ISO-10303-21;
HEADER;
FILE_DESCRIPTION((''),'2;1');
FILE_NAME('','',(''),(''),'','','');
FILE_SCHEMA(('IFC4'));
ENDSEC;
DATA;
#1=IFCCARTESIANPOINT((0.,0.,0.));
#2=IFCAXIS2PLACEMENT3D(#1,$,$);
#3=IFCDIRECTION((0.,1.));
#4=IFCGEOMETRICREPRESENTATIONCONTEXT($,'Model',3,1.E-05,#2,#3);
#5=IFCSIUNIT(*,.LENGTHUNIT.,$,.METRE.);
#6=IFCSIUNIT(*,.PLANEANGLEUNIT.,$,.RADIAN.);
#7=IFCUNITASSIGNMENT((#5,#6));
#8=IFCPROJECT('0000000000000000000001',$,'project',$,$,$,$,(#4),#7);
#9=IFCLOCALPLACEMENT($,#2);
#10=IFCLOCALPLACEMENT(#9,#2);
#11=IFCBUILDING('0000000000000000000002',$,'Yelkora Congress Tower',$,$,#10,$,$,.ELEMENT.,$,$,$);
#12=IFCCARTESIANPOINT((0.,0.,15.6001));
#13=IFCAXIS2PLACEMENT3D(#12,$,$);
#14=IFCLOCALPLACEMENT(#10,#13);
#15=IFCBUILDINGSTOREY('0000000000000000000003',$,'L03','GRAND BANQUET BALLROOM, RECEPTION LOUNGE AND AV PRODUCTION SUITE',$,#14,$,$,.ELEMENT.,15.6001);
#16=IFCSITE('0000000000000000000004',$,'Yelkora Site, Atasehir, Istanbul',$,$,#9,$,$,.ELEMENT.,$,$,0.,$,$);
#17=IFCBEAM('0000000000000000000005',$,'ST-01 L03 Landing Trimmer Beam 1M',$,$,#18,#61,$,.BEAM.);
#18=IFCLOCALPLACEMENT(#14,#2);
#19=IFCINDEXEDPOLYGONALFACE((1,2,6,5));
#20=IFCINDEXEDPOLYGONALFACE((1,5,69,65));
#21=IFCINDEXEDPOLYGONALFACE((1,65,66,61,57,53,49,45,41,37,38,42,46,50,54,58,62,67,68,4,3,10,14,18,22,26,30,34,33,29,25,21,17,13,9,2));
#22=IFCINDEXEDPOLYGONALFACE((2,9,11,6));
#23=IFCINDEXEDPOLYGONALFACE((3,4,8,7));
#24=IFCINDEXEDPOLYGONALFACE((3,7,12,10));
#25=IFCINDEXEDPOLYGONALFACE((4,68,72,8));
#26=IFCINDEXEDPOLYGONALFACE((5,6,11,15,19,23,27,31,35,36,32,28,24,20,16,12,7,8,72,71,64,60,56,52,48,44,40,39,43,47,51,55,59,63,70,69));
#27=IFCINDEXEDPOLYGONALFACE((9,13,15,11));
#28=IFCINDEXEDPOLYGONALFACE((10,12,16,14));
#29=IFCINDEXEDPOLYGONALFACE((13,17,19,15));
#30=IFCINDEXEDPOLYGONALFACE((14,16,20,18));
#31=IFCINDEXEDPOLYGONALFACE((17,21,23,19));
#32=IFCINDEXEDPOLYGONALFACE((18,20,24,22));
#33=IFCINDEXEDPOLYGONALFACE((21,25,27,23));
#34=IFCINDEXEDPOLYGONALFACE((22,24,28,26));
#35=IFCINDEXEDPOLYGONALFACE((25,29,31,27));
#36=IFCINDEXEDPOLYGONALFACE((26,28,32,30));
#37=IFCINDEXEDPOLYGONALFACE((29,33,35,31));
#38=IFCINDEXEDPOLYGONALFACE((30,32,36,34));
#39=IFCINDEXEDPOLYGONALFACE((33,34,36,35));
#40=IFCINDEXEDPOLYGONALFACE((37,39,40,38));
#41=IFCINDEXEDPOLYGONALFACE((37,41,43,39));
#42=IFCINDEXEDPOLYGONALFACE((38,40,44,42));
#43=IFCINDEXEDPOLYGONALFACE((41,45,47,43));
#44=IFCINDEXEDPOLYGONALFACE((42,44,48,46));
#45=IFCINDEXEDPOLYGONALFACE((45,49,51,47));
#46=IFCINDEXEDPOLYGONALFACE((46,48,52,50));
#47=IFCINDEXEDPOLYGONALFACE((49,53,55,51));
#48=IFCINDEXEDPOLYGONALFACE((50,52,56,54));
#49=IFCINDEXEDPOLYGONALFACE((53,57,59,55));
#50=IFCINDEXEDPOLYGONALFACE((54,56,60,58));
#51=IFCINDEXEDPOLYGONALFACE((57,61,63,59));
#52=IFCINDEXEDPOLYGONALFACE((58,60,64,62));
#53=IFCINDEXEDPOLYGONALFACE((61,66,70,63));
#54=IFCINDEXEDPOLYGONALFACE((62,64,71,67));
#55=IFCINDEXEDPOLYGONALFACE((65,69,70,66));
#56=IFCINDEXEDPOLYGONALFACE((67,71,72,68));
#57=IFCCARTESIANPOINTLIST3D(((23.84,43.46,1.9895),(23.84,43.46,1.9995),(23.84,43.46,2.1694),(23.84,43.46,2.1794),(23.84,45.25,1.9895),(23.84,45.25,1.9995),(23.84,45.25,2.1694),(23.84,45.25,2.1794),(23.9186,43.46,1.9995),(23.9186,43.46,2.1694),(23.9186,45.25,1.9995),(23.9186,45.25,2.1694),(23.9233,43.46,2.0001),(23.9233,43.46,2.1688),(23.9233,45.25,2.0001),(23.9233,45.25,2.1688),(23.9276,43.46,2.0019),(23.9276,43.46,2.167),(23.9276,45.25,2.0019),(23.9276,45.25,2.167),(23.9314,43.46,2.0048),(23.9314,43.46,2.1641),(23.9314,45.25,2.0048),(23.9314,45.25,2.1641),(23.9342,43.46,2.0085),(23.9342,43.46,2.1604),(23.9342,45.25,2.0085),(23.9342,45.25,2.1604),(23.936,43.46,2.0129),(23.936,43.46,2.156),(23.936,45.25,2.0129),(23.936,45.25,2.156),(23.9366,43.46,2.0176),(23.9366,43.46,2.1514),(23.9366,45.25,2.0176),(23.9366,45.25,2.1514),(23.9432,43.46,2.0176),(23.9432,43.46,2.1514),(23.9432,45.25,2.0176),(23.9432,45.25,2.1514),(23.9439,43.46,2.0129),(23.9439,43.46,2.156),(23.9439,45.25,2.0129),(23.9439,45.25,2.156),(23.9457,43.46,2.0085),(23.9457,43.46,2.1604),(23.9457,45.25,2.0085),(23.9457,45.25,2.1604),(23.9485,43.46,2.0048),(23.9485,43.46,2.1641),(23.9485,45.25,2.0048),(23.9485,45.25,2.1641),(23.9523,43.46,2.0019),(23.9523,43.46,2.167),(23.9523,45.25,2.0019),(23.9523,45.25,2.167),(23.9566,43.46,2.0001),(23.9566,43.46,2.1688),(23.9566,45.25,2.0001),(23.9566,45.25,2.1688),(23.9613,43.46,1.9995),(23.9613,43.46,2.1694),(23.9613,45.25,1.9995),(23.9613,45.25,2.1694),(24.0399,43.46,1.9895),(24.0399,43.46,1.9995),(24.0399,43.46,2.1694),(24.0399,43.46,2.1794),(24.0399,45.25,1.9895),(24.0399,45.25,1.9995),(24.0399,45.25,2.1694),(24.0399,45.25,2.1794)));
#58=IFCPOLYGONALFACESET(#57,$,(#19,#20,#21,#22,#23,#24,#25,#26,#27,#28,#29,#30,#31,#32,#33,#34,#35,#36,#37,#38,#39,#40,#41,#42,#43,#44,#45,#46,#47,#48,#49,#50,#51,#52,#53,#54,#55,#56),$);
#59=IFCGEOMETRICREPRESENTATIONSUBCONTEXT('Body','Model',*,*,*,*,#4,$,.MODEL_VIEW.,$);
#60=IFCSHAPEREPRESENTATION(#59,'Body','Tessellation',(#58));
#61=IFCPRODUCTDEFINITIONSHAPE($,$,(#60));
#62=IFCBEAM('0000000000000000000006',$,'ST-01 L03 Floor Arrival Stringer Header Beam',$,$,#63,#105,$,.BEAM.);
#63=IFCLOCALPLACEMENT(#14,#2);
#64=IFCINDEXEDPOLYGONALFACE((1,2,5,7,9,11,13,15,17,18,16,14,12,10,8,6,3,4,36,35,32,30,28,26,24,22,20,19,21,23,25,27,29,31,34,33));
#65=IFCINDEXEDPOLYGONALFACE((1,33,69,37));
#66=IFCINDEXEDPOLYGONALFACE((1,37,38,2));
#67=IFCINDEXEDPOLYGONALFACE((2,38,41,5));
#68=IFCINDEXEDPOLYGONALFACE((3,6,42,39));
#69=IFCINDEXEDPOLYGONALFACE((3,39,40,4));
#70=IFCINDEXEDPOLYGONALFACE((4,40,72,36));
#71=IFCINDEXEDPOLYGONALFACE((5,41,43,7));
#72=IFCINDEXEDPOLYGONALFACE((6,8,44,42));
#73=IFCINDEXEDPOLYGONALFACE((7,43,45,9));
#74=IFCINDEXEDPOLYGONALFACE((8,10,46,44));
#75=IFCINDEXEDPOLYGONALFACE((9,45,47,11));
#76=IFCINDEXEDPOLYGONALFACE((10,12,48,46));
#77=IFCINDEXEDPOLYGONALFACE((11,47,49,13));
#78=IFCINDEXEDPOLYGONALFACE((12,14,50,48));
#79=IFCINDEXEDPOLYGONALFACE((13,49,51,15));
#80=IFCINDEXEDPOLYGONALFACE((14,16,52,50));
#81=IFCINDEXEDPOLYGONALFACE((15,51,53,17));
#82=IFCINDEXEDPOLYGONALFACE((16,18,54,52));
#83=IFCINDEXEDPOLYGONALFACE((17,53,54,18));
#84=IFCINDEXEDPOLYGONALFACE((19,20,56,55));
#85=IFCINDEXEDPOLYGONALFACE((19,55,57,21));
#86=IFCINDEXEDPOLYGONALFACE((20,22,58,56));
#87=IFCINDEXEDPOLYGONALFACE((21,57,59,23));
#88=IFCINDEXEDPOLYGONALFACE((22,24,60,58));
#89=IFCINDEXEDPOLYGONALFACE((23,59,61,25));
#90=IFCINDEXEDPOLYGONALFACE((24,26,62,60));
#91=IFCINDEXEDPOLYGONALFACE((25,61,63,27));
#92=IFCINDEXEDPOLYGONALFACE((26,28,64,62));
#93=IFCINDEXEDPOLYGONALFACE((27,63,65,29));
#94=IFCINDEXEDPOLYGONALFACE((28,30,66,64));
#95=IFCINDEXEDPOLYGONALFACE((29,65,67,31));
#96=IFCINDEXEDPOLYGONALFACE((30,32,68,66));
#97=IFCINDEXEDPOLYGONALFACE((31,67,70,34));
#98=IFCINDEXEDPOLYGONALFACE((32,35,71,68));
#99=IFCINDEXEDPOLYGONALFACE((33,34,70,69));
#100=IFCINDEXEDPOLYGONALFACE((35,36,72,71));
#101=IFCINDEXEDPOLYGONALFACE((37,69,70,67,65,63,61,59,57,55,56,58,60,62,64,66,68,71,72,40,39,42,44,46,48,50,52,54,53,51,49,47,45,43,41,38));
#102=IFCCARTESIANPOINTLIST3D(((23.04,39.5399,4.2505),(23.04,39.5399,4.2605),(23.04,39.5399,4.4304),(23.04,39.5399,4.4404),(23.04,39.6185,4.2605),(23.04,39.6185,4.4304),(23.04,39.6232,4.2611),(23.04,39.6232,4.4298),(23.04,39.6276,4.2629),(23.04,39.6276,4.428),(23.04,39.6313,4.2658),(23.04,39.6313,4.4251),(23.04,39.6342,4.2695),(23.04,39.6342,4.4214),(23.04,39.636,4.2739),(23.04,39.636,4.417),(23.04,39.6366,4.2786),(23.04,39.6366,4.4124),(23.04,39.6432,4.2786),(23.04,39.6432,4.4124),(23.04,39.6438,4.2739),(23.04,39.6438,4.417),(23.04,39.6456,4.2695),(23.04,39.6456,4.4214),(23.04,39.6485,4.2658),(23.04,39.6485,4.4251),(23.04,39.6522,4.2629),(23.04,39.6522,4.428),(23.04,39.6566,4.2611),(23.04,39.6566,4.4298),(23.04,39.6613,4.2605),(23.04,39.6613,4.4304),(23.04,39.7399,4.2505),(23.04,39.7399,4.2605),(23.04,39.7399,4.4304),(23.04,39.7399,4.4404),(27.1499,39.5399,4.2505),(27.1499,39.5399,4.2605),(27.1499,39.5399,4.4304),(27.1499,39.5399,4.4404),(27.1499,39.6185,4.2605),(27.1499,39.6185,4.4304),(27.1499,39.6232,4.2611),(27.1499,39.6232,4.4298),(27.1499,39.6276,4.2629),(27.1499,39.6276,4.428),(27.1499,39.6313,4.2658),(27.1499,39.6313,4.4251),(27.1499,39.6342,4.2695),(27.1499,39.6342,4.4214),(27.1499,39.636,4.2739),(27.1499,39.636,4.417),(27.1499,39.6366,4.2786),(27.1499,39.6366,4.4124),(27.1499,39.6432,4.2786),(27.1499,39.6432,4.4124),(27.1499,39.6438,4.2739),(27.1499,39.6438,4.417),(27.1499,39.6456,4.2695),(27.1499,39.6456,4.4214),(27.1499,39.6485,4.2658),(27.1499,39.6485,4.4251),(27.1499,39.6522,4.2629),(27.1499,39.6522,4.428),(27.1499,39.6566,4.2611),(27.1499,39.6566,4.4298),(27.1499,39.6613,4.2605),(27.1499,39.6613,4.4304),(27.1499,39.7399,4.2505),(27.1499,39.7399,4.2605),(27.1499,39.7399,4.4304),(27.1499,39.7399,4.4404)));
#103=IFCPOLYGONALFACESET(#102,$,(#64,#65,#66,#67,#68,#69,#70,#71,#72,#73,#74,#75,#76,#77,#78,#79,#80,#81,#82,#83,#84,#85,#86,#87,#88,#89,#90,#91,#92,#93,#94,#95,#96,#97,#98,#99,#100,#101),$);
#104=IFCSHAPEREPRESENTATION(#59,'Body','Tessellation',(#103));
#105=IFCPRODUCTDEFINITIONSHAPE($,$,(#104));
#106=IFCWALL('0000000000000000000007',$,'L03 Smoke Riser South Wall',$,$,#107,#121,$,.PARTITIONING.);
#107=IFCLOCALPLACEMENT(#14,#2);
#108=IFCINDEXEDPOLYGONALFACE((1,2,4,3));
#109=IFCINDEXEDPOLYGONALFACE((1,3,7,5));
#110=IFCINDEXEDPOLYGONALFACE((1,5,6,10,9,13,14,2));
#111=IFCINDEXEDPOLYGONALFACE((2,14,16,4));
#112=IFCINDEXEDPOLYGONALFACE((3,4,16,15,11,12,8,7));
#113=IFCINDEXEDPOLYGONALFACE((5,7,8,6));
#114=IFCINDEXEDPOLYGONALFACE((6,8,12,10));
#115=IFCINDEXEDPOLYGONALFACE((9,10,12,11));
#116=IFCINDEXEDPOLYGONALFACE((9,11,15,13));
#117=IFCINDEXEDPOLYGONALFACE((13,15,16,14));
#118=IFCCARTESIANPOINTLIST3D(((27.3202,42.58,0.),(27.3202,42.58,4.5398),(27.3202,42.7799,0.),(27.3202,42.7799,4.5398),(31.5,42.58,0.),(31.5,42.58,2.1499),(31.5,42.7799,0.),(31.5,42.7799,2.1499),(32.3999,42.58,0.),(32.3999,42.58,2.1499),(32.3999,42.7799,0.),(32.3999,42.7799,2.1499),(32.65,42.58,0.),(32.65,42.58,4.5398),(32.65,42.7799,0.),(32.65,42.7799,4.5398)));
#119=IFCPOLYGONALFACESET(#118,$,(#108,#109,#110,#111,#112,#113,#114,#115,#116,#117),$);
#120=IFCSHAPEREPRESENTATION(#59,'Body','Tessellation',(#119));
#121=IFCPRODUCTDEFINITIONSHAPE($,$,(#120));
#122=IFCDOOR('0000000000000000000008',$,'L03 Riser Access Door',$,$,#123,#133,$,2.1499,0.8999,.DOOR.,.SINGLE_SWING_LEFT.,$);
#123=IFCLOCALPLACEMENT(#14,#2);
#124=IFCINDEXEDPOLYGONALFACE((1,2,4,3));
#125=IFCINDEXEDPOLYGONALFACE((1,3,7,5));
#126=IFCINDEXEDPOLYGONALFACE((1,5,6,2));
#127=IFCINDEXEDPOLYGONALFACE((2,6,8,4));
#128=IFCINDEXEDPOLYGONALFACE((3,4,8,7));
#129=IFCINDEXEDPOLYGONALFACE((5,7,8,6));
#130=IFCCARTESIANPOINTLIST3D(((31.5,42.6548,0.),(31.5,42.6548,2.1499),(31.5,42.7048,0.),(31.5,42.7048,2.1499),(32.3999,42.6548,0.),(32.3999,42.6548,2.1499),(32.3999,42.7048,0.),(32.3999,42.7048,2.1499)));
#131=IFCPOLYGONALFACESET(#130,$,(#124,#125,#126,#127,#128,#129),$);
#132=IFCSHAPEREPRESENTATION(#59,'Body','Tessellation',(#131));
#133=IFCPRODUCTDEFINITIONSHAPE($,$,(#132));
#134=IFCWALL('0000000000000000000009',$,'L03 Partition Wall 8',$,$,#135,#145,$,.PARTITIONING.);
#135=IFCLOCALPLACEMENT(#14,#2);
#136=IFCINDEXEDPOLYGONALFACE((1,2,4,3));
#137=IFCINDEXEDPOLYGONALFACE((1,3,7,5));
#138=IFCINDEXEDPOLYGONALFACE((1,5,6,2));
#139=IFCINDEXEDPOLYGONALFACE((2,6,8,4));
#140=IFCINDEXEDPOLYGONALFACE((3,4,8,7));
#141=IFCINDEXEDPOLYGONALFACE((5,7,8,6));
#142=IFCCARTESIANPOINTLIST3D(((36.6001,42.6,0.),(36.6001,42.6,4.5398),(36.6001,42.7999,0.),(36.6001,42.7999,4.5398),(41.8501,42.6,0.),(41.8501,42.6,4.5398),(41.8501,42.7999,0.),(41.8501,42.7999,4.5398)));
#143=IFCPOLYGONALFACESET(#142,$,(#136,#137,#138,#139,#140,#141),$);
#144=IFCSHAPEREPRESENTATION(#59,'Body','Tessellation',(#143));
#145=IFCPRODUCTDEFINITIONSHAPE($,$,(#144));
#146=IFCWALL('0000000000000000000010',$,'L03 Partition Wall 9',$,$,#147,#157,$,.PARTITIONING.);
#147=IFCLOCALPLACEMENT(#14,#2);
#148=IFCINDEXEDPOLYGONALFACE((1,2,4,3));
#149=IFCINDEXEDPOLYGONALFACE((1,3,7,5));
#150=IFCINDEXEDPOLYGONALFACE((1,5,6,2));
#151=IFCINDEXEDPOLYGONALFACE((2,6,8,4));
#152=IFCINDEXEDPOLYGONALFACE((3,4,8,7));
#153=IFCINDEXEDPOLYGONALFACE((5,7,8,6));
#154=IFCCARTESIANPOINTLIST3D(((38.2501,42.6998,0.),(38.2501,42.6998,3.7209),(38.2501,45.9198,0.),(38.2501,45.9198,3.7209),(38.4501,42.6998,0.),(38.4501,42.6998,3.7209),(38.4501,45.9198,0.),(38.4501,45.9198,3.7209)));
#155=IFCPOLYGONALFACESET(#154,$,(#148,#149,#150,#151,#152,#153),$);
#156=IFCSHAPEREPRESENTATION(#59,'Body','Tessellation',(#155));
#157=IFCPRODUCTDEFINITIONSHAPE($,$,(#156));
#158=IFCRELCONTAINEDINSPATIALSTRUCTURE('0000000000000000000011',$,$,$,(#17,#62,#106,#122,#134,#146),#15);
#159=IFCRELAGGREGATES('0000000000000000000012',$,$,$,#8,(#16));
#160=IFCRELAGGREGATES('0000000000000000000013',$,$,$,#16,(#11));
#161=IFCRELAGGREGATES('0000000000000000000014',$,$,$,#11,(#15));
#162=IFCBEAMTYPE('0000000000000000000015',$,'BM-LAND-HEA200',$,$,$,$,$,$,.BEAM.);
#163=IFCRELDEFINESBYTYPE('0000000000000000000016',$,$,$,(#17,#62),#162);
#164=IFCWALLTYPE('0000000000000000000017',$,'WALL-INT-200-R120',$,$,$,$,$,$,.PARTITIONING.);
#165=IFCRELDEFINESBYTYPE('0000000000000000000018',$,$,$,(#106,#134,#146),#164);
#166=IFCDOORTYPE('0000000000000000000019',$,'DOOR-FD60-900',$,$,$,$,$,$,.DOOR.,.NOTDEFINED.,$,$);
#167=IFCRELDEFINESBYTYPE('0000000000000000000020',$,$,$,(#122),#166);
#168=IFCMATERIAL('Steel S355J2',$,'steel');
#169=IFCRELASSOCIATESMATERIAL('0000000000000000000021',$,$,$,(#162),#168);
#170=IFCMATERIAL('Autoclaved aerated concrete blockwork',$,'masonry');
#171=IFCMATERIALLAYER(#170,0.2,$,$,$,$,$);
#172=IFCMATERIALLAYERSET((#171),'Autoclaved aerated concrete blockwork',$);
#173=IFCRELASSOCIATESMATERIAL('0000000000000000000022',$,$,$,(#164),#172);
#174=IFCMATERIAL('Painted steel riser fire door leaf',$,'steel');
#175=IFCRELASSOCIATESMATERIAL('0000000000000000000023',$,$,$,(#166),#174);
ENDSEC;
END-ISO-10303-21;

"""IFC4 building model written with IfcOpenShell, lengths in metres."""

from ifc_helpers import new_model, si_unit, direction, frame, frame_2d, origin, origin_2d, place, context, subcontext, project, spatial, rectangle, i_section, extrude, material, layer, layer_set, material_profile, profile_set, type_object, element, fill, save


model = new_model("IFC4")

# Units and contexts
model_context = context("Model", 3, precision=1e-05, world=origin(), true_north=direction((0.0, 1.0)))
body_context = subcontext(model_context, "Body", "Model", "MODEL_VIEW")
ifc_project = project(units=[si_unit("LENGTHUNIT", "METRE"), si_unit("PLANEANGLEUNIT", "RADIAN")], contexts=[model_context])

# Site, building, storey
site_placement = place(None, origin())
site = spatial("IfcSite", under=ifc_project, at=site_placement, Name="Yelkora Site, Atasehir, Istanbul", CompositionType="ELEMENT", RefElevation=0.0)
building_placement = place(site_placement, origin())
building = spatial("IfcBuilding", under=site, at=building_placement, Name="Yelkora Congress Tower", CompositionType="ELEMENT")
storey_placement = place(building_placement, frame((0.0, 0.0, 15.6001)))
storey = spatial("IfcBuildingStorey", under=building, at=storey_placement, Name="L03", Description="GRAND BANQUET BALLROOM, RECEPTION LOUNGE AND AV PRODUCTION SUITE", CompositionType="ELEMENT", Elevation=15.6001)

# Beams
ifc_material_1 = material(Name="Steel S355J2", Category="steel")
ifc_material_profile_1 = material_profile(ifc_material_1, i_section(OverallWidth=0.2, OverallDepth=0.1899, WebThickness=0.0066, FlangeThickness=0.01, FilletRadius=0.0181, at=origin_2d()), Name="HEA 200")
ifc_profile_set_1 = profile_set([ifc_material_profile_1], Name="Steel S355J2")
beam_type_1 = type_object("IfcBeamType", Name="BM-LAND-HEA200", PredefinedType="BEAM", material=ifc_profile_set_1)
beam_1_placement = place(storey_placement, frame((23.9399, 43.46, 2.0845), z_axis=(0.0, 1.0, 0.0), x_axis=(-1.0, 0.0, 0.0)))
element("IfcBeam", 1, at=beam_1_placement, inside=storey, type_object=beam_type_1, Name="ST-01 L03 Landing Trimmer Beam 1M", PredefinedType="BEAM", context=body_context, shape_type="SweptSolid", body=[
    extrude(i_section(OverallWidth=0.2, OverallDepth=0.1899, WebThickness=0.0066, FlangeThickness=0.01, FilletRadius=0.0181, at=origin_2d()), origin(), (0.0, 0.0, 1.0), 1.79),
])
beam_2_placement = place(storey_placement, frame((23.04, 39.6399, 4.3455), z_axis=(1.0, 0.0, 0.0), x_axis=(0.0, 1.0, 0.0)))
element("IfcBeam", 2, at=beam_2_placement, inside=storey, type_object=beam_type_1, Name="ST-01 L03 Floor Arrival Stringer Header Beam", PredefinedType="BEAM", context=body_context, shape_type="SweptSolid", body=[
    extrude(i_section(OverallWidth=0.2, OverallDepth=0.1899, WebThickness=0.0066, FlangeThickness=0.01, FilletRadius=0.0181, at=origin_2d()), origin(), (0.0, 0.0, 1.0), 4.1099),
])

# Wall, opening, door
ifc_material_2 = material(Name="Autoclaved aerated concrete blockwork", Category="masonry")
ifc_layer_1 = layer(ifc_material_2, 0.2)
ifc_layer_set_1 = layer_set([ifc_layer_1], Name="Autoclaved aerated concrete blockwork")
wall_type = type_object("IfcWallType", Name="WALL-INT-200-R120", PredefinedType="PARTITIONING", material=ifc_layer_set_1)
wall_1_placement = place(storey_placement, frame((27.3201, 42.6799, 0.0), z_axis=(0.0, 0.0, 1.0), x_axis=(1.0, 0.0, 0.0)))
wall_1 = element("IfcWall", 3, at=wall_1_placement, inside=storey, type_object=wall_type, Name="L03 Smoke Riser South Wall", PredefinedType="PARTITIONING", context=body_context, shape_type="SweptSolid", body=[
    extrude(rectangle(XDim=5.3298, YDim=0.2, at=frame_2d((2.665, 0.0))), origin(), (0.0, 0.0, 1.0), 4.5398),
])
opening_1_placement = place(wall_1_placement, frame((4.1799, 0.0, 0.0)))
opening_1 = element("IfcOpeningElement", 4, at=opening_1_placement, cuts=wall_1, PredefinedType="OPENING", context=body_context, shape_type="SweptSolid", body=[
    extrude(rectangle(XDim=0.8999, YDim=2.1499, at=frame_2d((0.45, 1.075))), frame((0.0, 0.1099, 0.0), z_axis=(0.0, -1.0, 0.0), x_axis=(1.0, 0.0, 0.0)), (0.0, 0.0, 1.0), 0.22),
])
ifc_material_3 = material(Name="Painted steel riser fire door leaf", Category="steel")
door_type_1 = type_object("IfcDoorType", Name="DOOR-FD60-900", OperationType="NOTDEFINED", PredefinedType="DOOR", material=ifc_material_3)
door_1_placement = place(opening_1_placement, origin())
door_1 = element("IfcDoor", 5, at=door_1_placement, inside=storey, type_object=door_type_1, Name="L03 Riser Access Door", OperationType="SINGLE_SWING_LEFT", OverallHeight=2.1499, OverallWidth=0.8999, PredefinedType="DOOR", context=body_context, shape_type="SweptSolid", body=[
    extrude(rectangle(XDim=0.8999, YDim=2.1499, at=frame_2d((0.45, 1.075))), frame((0.0, 0.0249, 0.0), z_axis=(0.0, -1.0, 0.0), x_axis=(1.0, 0.0, 0.0)), (0.0, 0.0, 1.0), 0.05),
])
fill(opening_1, door_1)

# Walls
wall_2_placement = place(storey_placement, frame((36.6001, 42.7, 0.0), z_axis=(0.0, 0.0, 1.0), x_axis=(1.0, 0.0, 0.0)))
element("IfcWall", 6, at=wall_2_placement, inside=storey, type_object=wall_type, Name="L03 Partition Wall 8", PredefinedType="PARTITIONING", context=body_context, shape_type="SweptSolid", body=[
    extrude(rectangle(XDim=5.25, YDim=0.2, at=frame_2d((2.625, 0.0))), origin(), (0.0, 0.0, 1.0), 4.5398),
])
wall_3_placement = place(storey_placement, frame((38.3501, 42.7, 0.0), z_axis=(0.0, 0.0, 1.0), x_axis=(0.0, 1.0, 0.0)))
element("IfcWall", 7, at=wall_3_placement, inside=storey, type_object=wall_type, Name="L03 Partition Wall 9", PredefinedType="PARTITIONING", context=body_context, shape_type="SweptSolid", body=[
    extrude(rectangle(XDim=3.22, YDim=0.2, at=frame_2d((1.6099, 0.0))), origin(), (0.0, 0.0, 1.0), 3.7209),
])

save(model, "model.ifc")
